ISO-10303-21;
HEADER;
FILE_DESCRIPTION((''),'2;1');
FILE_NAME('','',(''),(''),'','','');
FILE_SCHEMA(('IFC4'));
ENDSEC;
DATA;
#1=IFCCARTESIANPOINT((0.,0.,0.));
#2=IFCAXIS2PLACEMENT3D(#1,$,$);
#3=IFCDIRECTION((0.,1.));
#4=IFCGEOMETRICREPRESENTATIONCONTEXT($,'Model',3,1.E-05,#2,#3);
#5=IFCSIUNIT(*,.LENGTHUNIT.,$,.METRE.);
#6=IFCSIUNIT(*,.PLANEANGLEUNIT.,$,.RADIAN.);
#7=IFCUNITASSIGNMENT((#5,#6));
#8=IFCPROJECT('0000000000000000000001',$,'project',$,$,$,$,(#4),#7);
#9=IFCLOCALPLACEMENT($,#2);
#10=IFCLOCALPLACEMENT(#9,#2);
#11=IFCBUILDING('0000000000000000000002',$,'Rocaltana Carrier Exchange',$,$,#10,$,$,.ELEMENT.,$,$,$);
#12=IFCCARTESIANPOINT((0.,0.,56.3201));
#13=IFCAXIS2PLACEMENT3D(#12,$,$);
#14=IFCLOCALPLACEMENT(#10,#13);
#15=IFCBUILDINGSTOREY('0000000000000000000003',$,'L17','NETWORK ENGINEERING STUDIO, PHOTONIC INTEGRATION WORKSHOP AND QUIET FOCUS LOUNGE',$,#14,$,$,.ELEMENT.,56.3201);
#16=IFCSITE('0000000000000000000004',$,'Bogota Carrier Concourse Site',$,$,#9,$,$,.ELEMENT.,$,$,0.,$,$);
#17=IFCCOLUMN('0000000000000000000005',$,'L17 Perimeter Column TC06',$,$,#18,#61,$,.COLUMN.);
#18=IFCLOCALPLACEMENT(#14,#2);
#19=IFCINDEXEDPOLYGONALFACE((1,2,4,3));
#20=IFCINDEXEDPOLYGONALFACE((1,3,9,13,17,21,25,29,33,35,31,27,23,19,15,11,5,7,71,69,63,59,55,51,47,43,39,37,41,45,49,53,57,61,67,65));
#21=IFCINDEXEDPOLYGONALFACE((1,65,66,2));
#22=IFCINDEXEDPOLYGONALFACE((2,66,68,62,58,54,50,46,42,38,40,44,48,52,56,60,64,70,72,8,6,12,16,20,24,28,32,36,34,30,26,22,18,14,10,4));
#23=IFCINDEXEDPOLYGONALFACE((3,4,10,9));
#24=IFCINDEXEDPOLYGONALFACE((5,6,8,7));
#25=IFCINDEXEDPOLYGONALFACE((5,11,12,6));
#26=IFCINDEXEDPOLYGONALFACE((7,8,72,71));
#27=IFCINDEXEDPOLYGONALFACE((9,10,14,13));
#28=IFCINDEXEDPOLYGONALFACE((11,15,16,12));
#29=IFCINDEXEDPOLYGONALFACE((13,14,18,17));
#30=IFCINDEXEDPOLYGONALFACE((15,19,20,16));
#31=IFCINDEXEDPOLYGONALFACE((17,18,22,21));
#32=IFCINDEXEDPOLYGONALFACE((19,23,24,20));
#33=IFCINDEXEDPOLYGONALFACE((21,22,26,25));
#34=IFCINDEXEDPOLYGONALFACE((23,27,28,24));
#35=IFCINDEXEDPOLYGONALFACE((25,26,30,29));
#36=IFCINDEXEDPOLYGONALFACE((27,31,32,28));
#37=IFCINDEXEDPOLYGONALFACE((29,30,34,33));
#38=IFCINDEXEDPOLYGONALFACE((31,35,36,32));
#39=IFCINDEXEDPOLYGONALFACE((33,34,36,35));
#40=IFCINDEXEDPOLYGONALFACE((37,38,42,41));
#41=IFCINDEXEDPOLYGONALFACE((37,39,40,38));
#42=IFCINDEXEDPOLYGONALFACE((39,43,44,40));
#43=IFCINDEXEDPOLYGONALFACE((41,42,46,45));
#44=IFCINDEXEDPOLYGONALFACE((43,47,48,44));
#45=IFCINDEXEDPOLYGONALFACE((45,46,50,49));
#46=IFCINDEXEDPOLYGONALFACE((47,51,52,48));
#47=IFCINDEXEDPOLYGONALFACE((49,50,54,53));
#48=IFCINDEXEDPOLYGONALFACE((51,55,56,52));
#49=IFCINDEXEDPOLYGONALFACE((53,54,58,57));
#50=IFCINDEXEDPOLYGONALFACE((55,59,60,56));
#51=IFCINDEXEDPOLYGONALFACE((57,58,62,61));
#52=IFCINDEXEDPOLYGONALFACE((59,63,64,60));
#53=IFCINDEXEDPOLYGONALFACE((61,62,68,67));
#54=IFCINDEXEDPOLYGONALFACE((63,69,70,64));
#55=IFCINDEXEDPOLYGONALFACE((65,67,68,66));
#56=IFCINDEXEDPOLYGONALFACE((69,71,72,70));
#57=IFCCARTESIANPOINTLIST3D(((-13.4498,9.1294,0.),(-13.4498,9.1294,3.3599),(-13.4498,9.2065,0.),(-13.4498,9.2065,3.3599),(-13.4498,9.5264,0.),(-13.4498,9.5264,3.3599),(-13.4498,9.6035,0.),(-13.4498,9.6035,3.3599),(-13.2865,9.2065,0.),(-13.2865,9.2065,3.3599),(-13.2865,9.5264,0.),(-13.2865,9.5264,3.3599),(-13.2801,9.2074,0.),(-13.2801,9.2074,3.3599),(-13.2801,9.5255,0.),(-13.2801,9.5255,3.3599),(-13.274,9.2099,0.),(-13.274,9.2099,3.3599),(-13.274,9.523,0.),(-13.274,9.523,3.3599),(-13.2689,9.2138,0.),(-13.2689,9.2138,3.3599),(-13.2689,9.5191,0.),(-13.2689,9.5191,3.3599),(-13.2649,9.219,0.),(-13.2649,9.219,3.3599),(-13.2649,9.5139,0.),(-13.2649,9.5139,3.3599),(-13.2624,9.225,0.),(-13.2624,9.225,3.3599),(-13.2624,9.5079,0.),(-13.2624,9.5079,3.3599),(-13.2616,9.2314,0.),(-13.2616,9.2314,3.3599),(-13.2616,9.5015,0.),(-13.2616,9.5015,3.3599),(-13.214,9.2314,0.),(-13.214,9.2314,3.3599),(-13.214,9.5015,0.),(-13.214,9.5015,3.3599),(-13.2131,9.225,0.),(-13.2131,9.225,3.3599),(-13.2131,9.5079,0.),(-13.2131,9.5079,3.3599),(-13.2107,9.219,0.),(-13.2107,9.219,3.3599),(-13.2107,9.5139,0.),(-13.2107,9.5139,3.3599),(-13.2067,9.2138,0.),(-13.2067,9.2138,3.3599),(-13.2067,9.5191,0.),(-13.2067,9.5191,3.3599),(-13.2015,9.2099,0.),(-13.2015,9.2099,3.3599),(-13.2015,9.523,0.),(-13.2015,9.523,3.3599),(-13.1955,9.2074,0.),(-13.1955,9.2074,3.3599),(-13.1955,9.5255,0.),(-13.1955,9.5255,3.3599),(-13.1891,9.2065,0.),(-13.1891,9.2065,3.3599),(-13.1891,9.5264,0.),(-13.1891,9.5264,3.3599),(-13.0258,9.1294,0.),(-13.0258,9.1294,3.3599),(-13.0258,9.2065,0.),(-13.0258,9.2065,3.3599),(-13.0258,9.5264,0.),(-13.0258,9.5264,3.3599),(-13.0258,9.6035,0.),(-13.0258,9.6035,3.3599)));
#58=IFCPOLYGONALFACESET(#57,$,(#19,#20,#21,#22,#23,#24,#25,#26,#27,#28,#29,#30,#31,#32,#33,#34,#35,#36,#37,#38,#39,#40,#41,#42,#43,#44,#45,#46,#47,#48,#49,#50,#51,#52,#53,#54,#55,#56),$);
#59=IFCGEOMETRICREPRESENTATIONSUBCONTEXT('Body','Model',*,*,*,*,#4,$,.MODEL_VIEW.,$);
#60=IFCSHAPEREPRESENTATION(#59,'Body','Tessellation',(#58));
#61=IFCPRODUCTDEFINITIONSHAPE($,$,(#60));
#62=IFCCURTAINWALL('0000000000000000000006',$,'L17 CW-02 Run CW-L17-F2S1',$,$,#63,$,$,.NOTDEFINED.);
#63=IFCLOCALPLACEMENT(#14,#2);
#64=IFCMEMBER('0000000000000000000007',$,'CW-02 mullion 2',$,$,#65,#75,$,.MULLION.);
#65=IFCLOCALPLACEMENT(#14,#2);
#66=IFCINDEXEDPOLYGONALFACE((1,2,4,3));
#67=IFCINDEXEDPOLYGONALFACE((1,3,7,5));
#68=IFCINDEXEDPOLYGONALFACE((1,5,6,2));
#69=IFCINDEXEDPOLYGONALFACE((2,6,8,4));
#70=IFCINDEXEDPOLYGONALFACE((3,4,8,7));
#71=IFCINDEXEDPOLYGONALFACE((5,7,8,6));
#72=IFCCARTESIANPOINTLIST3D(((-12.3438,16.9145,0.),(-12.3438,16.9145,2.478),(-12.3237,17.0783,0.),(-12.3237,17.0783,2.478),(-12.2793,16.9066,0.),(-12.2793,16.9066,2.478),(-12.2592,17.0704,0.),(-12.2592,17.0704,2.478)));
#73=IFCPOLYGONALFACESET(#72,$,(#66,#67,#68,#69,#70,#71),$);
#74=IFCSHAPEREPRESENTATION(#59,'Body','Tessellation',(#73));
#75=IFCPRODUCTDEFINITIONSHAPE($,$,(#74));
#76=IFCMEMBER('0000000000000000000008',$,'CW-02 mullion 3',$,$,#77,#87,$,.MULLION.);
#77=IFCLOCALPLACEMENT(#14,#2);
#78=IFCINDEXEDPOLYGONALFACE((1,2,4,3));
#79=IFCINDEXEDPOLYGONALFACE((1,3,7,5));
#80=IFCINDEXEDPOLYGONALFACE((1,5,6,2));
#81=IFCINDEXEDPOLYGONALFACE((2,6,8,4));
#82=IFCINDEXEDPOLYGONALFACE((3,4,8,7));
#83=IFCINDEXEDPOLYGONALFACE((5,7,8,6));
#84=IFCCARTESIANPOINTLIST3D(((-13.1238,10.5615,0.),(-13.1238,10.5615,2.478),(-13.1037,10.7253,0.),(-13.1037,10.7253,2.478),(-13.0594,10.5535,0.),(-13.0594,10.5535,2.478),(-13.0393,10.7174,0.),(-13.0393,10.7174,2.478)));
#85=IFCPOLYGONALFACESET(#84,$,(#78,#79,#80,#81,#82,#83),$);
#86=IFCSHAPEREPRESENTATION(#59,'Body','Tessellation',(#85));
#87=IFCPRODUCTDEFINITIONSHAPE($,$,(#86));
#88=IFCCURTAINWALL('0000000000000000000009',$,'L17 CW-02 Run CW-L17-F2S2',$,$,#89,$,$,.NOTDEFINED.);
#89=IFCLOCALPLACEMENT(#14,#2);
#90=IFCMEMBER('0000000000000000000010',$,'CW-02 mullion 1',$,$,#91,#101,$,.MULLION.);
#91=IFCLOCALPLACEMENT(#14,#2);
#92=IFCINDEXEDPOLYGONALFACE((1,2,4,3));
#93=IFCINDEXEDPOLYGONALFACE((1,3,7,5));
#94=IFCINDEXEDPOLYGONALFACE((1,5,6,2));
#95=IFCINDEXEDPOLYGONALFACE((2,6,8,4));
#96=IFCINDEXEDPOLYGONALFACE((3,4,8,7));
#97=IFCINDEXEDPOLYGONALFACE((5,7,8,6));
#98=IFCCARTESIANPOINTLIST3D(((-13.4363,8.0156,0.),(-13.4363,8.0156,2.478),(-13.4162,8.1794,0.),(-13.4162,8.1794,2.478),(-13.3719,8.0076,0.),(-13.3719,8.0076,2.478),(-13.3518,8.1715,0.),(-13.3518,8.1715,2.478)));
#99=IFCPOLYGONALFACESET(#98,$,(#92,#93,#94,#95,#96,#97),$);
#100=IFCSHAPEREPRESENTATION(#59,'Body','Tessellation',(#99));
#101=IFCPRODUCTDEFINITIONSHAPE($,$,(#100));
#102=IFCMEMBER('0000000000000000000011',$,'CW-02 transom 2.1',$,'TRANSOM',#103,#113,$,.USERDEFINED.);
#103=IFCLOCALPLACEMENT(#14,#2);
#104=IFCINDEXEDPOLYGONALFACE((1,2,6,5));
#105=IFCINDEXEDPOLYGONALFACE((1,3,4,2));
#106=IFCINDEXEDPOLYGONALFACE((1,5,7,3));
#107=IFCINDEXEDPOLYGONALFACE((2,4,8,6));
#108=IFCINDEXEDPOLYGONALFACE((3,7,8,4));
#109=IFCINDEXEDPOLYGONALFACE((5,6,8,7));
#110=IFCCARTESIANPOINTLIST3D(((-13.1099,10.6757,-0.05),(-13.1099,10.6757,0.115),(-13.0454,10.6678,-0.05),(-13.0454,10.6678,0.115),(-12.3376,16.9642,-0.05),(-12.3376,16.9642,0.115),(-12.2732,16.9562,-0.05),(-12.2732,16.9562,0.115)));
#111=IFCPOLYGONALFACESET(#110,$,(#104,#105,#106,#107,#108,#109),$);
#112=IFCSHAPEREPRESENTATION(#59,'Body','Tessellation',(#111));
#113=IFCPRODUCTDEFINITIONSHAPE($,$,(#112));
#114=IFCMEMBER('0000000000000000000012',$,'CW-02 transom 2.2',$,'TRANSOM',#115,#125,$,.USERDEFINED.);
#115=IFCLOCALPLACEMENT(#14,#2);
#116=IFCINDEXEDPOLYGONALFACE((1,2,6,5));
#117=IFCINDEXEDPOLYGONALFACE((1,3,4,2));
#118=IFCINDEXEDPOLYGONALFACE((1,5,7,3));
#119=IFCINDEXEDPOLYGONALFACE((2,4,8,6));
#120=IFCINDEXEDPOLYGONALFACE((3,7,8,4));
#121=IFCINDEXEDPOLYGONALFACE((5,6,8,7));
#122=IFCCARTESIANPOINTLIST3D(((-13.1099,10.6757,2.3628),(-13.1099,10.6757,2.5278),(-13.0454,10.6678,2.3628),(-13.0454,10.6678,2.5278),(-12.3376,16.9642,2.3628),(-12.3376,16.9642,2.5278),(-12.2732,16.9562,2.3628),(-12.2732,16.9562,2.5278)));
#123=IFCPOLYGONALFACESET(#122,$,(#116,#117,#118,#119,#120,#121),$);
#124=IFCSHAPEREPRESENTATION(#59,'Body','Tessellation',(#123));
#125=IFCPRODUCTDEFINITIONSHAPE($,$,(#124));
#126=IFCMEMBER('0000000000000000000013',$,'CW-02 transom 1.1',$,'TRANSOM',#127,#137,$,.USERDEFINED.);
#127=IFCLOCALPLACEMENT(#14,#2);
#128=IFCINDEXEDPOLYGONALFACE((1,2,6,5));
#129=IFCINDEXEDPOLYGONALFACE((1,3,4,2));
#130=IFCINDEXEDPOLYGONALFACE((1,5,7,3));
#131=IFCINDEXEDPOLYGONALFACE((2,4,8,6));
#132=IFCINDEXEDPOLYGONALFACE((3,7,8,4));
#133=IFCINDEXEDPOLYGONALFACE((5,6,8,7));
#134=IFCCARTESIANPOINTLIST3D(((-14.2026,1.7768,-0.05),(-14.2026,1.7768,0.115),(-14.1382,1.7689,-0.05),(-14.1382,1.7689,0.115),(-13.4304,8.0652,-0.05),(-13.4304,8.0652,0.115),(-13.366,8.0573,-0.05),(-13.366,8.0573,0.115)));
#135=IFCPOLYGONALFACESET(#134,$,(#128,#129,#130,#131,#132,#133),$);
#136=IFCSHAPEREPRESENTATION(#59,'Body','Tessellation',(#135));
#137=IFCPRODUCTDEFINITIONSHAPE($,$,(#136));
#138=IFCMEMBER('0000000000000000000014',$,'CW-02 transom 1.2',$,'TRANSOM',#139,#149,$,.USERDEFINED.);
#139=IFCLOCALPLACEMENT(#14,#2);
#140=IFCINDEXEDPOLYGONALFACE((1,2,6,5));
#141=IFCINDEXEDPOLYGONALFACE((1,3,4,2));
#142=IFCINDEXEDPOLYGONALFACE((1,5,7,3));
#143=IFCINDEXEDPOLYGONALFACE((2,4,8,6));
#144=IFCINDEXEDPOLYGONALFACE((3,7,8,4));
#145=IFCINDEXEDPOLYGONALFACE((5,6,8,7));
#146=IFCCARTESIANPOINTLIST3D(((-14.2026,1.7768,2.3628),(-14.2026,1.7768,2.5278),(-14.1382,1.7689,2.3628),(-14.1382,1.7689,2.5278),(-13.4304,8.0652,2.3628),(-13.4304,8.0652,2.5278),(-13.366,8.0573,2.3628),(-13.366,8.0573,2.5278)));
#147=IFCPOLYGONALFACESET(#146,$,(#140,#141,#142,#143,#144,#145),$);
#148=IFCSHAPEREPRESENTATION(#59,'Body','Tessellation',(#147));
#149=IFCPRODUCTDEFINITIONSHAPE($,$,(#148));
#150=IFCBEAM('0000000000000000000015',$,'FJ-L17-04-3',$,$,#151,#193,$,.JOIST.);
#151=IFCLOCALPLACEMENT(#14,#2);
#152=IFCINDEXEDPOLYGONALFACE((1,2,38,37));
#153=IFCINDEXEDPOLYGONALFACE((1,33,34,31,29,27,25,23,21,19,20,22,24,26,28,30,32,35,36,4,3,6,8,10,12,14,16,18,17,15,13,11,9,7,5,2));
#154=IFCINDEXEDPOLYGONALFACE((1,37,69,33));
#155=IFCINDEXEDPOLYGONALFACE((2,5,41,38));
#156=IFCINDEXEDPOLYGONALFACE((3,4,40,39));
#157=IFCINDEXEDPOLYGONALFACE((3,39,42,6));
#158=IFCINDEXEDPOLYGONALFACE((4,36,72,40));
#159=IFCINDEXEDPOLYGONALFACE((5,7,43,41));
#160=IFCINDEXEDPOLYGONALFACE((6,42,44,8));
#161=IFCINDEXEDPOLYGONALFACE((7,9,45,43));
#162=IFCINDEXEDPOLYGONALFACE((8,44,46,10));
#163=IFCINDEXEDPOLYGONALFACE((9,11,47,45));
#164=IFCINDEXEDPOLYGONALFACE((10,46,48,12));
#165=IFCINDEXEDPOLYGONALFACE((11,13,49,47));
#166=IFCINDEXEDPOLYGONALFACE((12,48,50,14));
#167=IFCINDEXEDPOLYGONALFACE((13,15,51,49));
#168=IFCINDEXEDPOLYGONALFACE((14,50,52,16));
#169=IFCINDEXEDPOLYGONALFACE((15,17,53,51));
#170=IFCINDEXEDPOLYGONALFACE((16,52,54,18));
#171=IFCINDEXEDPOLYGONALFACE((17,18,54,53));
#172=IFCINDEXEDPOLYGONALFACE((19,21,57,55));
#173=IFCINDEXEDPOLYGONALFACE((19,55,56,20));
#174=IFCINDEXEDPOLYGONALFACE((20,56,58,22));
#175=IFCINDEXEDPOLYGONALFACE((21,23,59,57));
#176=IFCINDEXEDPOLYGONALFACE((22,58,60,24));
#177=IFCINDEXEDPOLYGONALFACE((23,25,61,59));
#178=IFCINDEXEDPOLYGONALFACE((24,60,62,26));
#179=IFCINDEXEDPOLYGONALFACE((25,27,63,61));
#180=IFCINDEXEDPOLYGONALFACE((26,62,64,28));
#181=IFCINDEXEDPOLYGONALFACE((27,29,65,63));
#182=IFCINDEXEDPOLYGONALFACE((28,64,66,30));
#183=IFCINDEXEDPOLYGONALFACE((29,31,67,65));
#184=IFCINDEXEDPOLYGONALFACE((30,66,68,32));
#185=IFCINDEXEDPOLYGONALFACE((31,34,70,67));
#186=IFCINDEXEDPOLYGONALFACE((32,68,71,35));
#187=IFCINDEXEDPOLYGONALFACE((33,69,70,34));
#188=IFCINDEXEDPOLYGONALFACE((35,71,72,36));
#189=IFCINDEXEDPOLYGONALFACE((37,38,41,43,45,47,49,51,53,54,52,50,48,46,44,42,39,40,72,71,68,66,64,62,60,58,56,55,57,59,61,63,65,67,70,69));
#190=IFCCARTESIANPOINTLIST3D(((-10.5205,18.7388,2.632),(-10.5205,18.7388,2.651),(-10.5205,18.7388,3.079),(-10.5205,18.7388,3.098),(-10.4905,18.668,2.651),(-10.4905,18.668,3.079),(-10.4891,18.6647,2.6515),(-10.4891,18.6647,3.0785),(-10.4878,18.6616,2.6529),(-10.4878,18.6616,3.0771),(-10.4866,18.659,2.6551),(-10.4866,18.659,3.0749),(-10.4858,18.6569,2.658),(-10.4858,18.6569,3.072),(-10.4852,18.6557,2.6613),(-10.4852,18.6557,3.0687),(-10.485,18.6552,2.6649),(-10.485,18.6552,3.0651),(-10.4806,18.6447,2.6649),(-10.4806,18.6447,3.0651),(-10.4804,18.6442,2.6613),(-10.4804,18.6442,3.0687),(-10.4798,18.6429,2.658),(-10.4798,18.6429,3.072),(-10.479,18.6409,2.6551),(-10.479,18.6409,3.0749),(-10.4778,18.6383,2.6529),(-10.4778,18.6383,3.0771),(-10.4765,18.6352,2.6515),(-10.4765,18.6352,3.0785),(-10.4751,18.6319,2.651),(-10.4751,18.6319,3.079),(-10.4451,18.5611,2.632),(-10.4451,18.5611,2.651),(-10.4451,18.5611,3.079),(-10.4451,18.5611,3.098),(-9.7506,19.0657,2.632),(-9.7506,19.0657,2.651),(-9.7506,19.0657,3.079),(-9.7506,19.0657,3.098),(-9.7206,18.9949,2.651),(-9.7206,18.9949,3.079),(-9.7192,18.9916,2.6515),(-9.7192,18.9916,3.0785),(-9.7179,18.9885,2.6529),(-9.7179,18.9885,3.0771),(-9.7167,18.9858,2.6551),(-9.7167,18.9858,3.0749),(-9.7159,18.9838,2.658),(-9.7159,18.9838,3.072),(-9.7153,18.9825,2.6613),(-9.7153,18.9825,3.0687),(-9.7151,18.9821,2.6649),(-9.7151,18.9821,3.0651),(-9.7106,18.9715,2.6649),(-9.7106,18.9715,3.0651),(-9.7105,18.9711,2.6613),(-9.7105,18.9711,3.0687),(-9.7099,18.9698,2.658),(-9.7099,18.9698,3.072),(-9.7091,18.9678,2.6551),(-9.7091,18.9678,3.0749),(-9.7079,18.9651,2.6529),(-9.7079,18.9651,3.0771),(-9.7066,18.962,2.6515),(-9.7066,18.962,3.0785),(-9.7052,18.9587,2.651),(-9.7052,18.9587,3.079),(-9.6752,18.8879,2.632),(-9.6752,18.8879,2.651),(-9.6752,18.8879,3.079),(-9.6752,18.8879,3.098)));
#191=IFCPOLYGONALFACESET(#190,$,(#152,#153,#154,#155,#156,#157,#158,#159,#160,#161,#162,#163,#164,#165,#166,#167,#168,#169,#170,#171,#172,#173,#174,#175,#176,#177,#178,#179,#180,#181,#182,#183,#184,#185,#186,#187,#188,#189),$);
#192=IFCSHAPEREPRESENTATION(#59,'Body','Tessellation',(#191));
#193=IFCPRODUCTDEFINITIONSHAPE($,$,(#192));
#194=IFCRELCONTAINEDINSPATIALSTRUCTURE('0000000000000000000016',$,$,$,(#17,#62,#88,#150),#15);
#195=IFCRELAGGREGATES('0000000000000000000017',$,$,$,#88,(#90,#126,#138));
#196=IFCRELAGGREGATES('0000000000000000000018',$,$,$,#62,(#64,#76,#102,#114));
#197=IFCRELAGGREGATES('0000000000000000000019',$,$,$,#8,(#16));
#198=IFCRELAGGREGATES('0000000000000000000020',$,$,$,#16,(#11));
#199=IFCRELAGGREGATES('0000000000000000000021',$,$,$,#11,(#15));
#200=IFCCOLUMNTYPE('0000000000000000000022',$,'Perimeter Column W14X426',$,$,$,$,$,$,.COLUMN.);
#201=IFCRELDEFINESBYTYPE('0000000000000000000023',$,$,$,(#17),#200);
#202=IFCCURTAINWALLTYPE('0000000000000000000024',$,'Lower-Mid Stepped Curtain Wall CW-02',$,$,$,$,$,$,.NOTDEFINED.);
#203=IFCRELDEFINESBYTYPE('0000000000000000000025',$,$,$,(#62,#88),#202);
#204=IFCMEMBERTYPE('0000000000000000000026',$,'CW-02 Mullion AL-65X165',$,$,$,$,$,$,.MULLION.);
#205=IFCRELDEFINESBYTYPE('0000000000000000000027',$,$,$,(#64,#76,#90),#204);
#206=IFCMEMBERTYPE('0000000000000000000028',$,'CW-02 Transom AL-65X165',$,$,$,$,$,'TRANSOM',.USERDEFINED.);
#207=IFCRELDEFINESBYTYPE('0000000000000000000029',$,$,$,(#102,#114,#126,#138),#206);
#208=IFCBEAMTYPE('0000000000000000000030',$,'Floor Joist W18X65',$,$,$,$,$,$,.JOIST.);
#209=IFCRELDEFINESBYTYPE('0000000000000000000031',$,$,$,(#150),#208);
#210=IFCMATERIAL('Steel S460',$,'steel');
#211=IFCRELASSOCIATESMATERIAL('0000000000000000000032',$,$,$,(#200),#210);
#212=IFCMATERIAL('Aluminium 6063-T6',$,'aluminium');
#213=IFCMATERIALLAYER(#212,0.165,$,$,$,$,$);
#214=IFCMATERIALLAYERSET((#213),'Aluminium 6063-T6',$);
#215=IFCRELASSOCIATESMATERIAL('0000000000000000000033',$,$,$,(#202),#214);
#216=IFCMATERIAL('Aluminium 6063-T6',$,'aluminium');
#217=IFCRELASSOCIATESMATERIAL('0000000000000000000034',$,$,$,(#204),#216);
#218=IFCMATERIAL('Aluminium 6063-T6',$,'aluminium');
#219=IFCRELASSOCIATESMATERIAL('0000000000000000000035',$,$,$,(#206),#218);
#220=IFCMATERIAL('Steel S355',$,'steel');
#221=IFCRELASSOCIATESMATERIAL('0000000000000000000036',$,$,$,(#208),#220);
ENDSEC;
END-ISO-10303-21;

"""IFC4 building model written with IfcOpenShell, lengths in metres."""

from ifc_helpers import new_model, si_unit, direction, frame, origin, origin_2d, place, context, subcontext, project, spatial, rectangle, i_section, extrude, material, layer, layer_set, material_profile, profile_set, type_object, element, aggregate, save


model = new_model("IFC4")

# Units and contexts
model_context = context("Model", 3, precision=1e-05, world=origin(), true_north=direction((0.0, 1.0)))
body_context = subcontext(model_context, "Body", "Model", "MODEL_VIEW")
ifc_project = project(units=[si_unit("LENGTHUNIT", "METRE"), si_unit("PLANEANGLEUNIT", "RADIAN")], contexts=[model_context])

# Site, building, storey
site_placement = place(None, origin())
site = spatial("IfcSite", under=ifc_project, at=site_placement, Name="Bogota Carrier Concourse Site", CompositionType="ELEMENT", RefElevation=0.0)
building_placement = place(site_placement, origin())
building = spatial("IfcBuilding", under=site, at=building_placement, Name="Rocaltana Carrier Exchange", CompositionType="ELEMENT")
storey_placement = place(building_placement, frame((0.0, 0.0, 56.3201)))
storey = spatial("IfcBuildingStorey", under=building, at=storey_placement, Name="L17", Description="NETWORK ENGINEERING STUDIO, PHOTONIC INTEGRATION WORKSHOP AND QUIET FOCUS LOUNGE", CompositionType="ELEMENT", Elevation=56.3201)

# Column
ifc_material_1 = material(Name="Steel S460", Category="steel")
ifc_material_profile_1 = material_profile(ifc_material_1, i_section(OverallWidth=0.4241, OverallDepth=0.4741, WebThickness=0.0476, FlangeThickness=0.0771, FilletRadius=0.0249, at=origin_2d()), Name="W14X426")
ifc_profile_set_1 = profile_set([ifc_material_profile_1], Name="Steel S460")
column_type = type_object("IfcColumnType", Name="Perimeter Column W14X426", PredefinedType="COLUMN", material=ifc_profile_set_1)
column_placement = place(storey_placement, frame((-13.2378, 9.3665, 0.0), z_axis=(0.0, 0.0, 1.0), x_axis=(1.0, 0.0, 0.0)))
element("IfcColumn", 1, at=column_placement, inside=storey, type_object=column_type, Name="L17 Perimeter Column TC06", PredefinedType="COLUMN", context=body_context, shape_type="SweptSolid", body=[
    extrude(i_section(OverallWidth=0.4241, OverallDepth=0.4741, WebThickness=0.0476, FlangeThickness=0.0771, FilletRadius=0.0249, at=origin_2d()), origin(), (0.0, 0.0, 1.0), 3.3599),
])

# Curtain wall, members
ifc_material_2 = material(Name="Aluminium 6063-T6", Category="aluminium")
ifc_layer_1 = layer(ifc_material_2, 0.165)
ifc_layer_set_1 = layer_set([ifc_layer_1], Name="Aluminium 6063-T6")
curtain_wall_type = type_object("IfcCurtainWallType", Name="Lower-Mid Stepped Curtain Wall CW-02", PredefinedType="NOTDEFINED", material=ifc_layer_set_1)
curtain_wall_1_placement = place(storey_placement, origin())
curtain_wall_1 = element("IfcCurtainWall", 2, at=curtain_wall_1_placement, inside=storey, type_object=curtain_wall_type, Name="L17 CW-02 Run CW-L17-F2S1", PredefinedType="NOTDEFINED")
ifc_material_3 = material(Name="Aluminium 6063-T6", Category="aluminium")
ifc_material_profile_2 = material_profile(ifc_material_3, rectangle(XDim=0.0649, YDim=0.165, at=origin_2d()), Name="AL-65X165")
ifc_profile_set_2 = profile_set([ifc_material_profile_2], Name="Aluminium 6063-T6")
member_type_1 = type_object("IfcMemberType", Name="CW-02 Mullion AL-65X165", PredefinedType="MULLION", material=ifc_profile_set_2)
member_1_placement = place(storey_placement, frame((-12.3015, 16.9924, 0.0), z_axis=(0.0, 0.0, 1.0), x_axis=(0.992546, -0.121873, 0.0)))
member_1 = element("IfcMember", 3, at=member_1_placement, type_object=member_type_1, Name="CW-02 mullion 2", PredefinedType="MULLION", context=body_context, shape_type="SweptSolid", body=[
    extrude(rectangle(XDim=0.0649, YDim=0.165, at=origin_2d()), origin(), (0.0, 0.0, 1.0), 2.478),
])
member_2_placement = place(storey_placement, frame((-13.0815, 10.6394, 0.0), z_axis=(0.0, 0.0, 1.0), x_axis=(0.992546, -0.121873, 0.0)))
member_2 = element("IfcMember", 4, at=member_2_placement, type_object=member_type_1, Name="CW-02 mullion 3", PredefinedType="MULLION", context=body_context, shape_type="SweptSolid", body=[
    extrude(rectangle(XDim=0.0649, YDim=0.165, at=origin_2d()), origin(), (0.0, 0.0, 1.0), 2.478),
])

# Curtain wall, member
curtain_wall_2_placement = place(storey_placement, origin())
curtain_wall_2 = element("IfcCurtainWall", 5, at=curtain_wall_2_placement, inside=storey, type_object=curtain_wall_type, Name="L17 CW-02 Run CW-L17-F2S2", PredefinedType="NOTDEFINED")
member_3_placement = place(storey_placement, frame((-13.394, 8.0935, 0.0), z_axis=(0.0, 0.0, 1.0), x_axis=(0.992546, -0.121874, 0.0)))
member_3 = element("IfcMember", 6, at=member_3_placement, type_object=member_type_1, Name="CW-02 mullion 1", PredefinedType="MULLION", context=body_context, shape_type="SweptSolid", body=[
    extrude(rectangle(XDim=0.0649, YDim=0.165, at=origin_2d()), origin(), (0.0, 0.0, 1.0), 2.478),
])

# Members
ifc_material_4 = material(Name="Aluminium 6063-T6", Category="aluminium")
ifc_material_profile_3 = material_profile(ifc_material_4, rectangle(XDim=0.0649, YDim=0.165, at=origin_2d()), Name="AL-65X165")
ifc_profile_set_3 = profile_set([ifc_material_profile_3], Name="Aluminium 6063-T6")
member_type_2 = type_object("IfcMemberType", Name="CW-02 Transom AL-65X165", ElementType="TRANSOM", PredefinedType="USERDEFINED", material=ifc_profile_set_3)
member_4_placement = place(storey_placement, frame((-12.3054, 16.9602, 0.0325), z_axis=(-0.121881, -0.992545, 0.0), x_axis=(0.992545, -0.121881, 0.0)))
member_4 = element("IfcMember", 7, at=member_4_placement, type_object=member_type_2, Name="CW-02 transom 2.1", ObjectType="TRANSOM", PredefinedType="USERDEFINED", context=body_context, shape_type="SweptSolid", body=[
    extrude(rectangle(XDim=0.0649, YDim=0.165, at=origin_2d()), origin(), (0.0, 0.0, 1.0), 6.3357),
])
member_5_placement = place(storey_placement, frame((-12.3054, 16.9602, 2.4453), z_axis=(-0.121881, -0.992545, 0.0), x_axis=(0.992545, -0.121881, 0.0)))
member_5 = element("IfcMember", 8, at=member_5_placement, type_object=member_type_2, Name="CW-02 transom 2.2", ObjectType="TRANSOM", PredefinedType="USERDEFINED", context=body_context, shape_type="SweptSolid", body=[
    extrude(rectangle(XDim=0.0649, YDim=0.165, at=origin_2d()), origin(), (0.0, 0.0, 1.0), 6.3357),
])
member_6_placement = place(storey_placement, frame((-13.3982, 8.0613, 0.0325), z_axis=(-0.121881, -0.992545, 0.0), x_axis=(0.992545, -0.121881, 0.0)))
member_6 = element("IfcMember", 9, at=member_6_placement, type_object=member_type_2, Name="CW-02 transom 1.1", ObjectType="TRANSOM", PredefinedType="USERDEFINED", context=body_context, shape_type="SweptSolid", body=[
    extrude(rectangle(XDim=0.0649, YDim=0.165, at=origin_2d()), origin(), (0.0, 0.0, 1.0), 6.3357),
])
member_7_placement = place(storey_placement, frame((-13.3982, 8.0613, 2.4453), z_axis=(-0.121881, -0.992545, 0.0), x_axis=(0.992545, -0.121881, 0.0)))
member_7 = element("IfcMember", 10, at=member_7_placement, type_object=member_type_2, Name="CW-02 transom 1.2", ObjectType="TRANSOM", PredefinedType="USERDEFINED", context=body_context, shape_type="SweptSolid", body=[
    extrude(rectangle(XDim=0.0649, YDim=0.165, at=origin_2d()), origin(), (0.0, 0.0, 1.0), 6.3357),
])
aggregate(curtain_wall_2, [member_3, member_6, member_7])

# Beam
ifc_material_5 = material(Name="Steel S355", Category="steel")
ifc_material_profile_4 = material_profile(ifc_material_5, i_section(OverallWidth=0.1931, OverallDepth=0.4661, WebThickness=0.0115, FlangeThickness=0.019, FilletRadius=0.0139, at=origin_2d()), Name="W18X65")
ifc_profile_set_4 = profile_set([ifc_material_profile_4], Name="Steel S355")
beam_type_1 = type_object("IfcBeamType", Name="Floor Joist W18X65", PredefinedType="JOIST", material=ifc_profile_set_4)
beam_1_placement = place(storey_placement, frame((-9.7129, 18.9768, 2.865), z_axis=(-0.920483, -0.390782, 0.0), x_axis=(0.390782, -0.920483, 0.0)))
element("IfcBeam", 11, at=beam_1_placement, inside=storey, type_object=beam_type_1, Name="FJ-L17-04-3", PredefinedType="JOIST", context=body_context, shape_type="SweptSolid", body=[
    extrude(i_section(OverallWidth=0.1931, OverallDepth=0.4661, WebThickness=0.0115, FlangeThickness=0.019, FilletRadius=0.0139, at=origin_2d()), origin(), (0.0, 0.0, 1.0), 0.8364),
])

aggregate(curtain_wall_1, [member_1, member_2, member_4, member_5])

save(model, "model.ifc")
